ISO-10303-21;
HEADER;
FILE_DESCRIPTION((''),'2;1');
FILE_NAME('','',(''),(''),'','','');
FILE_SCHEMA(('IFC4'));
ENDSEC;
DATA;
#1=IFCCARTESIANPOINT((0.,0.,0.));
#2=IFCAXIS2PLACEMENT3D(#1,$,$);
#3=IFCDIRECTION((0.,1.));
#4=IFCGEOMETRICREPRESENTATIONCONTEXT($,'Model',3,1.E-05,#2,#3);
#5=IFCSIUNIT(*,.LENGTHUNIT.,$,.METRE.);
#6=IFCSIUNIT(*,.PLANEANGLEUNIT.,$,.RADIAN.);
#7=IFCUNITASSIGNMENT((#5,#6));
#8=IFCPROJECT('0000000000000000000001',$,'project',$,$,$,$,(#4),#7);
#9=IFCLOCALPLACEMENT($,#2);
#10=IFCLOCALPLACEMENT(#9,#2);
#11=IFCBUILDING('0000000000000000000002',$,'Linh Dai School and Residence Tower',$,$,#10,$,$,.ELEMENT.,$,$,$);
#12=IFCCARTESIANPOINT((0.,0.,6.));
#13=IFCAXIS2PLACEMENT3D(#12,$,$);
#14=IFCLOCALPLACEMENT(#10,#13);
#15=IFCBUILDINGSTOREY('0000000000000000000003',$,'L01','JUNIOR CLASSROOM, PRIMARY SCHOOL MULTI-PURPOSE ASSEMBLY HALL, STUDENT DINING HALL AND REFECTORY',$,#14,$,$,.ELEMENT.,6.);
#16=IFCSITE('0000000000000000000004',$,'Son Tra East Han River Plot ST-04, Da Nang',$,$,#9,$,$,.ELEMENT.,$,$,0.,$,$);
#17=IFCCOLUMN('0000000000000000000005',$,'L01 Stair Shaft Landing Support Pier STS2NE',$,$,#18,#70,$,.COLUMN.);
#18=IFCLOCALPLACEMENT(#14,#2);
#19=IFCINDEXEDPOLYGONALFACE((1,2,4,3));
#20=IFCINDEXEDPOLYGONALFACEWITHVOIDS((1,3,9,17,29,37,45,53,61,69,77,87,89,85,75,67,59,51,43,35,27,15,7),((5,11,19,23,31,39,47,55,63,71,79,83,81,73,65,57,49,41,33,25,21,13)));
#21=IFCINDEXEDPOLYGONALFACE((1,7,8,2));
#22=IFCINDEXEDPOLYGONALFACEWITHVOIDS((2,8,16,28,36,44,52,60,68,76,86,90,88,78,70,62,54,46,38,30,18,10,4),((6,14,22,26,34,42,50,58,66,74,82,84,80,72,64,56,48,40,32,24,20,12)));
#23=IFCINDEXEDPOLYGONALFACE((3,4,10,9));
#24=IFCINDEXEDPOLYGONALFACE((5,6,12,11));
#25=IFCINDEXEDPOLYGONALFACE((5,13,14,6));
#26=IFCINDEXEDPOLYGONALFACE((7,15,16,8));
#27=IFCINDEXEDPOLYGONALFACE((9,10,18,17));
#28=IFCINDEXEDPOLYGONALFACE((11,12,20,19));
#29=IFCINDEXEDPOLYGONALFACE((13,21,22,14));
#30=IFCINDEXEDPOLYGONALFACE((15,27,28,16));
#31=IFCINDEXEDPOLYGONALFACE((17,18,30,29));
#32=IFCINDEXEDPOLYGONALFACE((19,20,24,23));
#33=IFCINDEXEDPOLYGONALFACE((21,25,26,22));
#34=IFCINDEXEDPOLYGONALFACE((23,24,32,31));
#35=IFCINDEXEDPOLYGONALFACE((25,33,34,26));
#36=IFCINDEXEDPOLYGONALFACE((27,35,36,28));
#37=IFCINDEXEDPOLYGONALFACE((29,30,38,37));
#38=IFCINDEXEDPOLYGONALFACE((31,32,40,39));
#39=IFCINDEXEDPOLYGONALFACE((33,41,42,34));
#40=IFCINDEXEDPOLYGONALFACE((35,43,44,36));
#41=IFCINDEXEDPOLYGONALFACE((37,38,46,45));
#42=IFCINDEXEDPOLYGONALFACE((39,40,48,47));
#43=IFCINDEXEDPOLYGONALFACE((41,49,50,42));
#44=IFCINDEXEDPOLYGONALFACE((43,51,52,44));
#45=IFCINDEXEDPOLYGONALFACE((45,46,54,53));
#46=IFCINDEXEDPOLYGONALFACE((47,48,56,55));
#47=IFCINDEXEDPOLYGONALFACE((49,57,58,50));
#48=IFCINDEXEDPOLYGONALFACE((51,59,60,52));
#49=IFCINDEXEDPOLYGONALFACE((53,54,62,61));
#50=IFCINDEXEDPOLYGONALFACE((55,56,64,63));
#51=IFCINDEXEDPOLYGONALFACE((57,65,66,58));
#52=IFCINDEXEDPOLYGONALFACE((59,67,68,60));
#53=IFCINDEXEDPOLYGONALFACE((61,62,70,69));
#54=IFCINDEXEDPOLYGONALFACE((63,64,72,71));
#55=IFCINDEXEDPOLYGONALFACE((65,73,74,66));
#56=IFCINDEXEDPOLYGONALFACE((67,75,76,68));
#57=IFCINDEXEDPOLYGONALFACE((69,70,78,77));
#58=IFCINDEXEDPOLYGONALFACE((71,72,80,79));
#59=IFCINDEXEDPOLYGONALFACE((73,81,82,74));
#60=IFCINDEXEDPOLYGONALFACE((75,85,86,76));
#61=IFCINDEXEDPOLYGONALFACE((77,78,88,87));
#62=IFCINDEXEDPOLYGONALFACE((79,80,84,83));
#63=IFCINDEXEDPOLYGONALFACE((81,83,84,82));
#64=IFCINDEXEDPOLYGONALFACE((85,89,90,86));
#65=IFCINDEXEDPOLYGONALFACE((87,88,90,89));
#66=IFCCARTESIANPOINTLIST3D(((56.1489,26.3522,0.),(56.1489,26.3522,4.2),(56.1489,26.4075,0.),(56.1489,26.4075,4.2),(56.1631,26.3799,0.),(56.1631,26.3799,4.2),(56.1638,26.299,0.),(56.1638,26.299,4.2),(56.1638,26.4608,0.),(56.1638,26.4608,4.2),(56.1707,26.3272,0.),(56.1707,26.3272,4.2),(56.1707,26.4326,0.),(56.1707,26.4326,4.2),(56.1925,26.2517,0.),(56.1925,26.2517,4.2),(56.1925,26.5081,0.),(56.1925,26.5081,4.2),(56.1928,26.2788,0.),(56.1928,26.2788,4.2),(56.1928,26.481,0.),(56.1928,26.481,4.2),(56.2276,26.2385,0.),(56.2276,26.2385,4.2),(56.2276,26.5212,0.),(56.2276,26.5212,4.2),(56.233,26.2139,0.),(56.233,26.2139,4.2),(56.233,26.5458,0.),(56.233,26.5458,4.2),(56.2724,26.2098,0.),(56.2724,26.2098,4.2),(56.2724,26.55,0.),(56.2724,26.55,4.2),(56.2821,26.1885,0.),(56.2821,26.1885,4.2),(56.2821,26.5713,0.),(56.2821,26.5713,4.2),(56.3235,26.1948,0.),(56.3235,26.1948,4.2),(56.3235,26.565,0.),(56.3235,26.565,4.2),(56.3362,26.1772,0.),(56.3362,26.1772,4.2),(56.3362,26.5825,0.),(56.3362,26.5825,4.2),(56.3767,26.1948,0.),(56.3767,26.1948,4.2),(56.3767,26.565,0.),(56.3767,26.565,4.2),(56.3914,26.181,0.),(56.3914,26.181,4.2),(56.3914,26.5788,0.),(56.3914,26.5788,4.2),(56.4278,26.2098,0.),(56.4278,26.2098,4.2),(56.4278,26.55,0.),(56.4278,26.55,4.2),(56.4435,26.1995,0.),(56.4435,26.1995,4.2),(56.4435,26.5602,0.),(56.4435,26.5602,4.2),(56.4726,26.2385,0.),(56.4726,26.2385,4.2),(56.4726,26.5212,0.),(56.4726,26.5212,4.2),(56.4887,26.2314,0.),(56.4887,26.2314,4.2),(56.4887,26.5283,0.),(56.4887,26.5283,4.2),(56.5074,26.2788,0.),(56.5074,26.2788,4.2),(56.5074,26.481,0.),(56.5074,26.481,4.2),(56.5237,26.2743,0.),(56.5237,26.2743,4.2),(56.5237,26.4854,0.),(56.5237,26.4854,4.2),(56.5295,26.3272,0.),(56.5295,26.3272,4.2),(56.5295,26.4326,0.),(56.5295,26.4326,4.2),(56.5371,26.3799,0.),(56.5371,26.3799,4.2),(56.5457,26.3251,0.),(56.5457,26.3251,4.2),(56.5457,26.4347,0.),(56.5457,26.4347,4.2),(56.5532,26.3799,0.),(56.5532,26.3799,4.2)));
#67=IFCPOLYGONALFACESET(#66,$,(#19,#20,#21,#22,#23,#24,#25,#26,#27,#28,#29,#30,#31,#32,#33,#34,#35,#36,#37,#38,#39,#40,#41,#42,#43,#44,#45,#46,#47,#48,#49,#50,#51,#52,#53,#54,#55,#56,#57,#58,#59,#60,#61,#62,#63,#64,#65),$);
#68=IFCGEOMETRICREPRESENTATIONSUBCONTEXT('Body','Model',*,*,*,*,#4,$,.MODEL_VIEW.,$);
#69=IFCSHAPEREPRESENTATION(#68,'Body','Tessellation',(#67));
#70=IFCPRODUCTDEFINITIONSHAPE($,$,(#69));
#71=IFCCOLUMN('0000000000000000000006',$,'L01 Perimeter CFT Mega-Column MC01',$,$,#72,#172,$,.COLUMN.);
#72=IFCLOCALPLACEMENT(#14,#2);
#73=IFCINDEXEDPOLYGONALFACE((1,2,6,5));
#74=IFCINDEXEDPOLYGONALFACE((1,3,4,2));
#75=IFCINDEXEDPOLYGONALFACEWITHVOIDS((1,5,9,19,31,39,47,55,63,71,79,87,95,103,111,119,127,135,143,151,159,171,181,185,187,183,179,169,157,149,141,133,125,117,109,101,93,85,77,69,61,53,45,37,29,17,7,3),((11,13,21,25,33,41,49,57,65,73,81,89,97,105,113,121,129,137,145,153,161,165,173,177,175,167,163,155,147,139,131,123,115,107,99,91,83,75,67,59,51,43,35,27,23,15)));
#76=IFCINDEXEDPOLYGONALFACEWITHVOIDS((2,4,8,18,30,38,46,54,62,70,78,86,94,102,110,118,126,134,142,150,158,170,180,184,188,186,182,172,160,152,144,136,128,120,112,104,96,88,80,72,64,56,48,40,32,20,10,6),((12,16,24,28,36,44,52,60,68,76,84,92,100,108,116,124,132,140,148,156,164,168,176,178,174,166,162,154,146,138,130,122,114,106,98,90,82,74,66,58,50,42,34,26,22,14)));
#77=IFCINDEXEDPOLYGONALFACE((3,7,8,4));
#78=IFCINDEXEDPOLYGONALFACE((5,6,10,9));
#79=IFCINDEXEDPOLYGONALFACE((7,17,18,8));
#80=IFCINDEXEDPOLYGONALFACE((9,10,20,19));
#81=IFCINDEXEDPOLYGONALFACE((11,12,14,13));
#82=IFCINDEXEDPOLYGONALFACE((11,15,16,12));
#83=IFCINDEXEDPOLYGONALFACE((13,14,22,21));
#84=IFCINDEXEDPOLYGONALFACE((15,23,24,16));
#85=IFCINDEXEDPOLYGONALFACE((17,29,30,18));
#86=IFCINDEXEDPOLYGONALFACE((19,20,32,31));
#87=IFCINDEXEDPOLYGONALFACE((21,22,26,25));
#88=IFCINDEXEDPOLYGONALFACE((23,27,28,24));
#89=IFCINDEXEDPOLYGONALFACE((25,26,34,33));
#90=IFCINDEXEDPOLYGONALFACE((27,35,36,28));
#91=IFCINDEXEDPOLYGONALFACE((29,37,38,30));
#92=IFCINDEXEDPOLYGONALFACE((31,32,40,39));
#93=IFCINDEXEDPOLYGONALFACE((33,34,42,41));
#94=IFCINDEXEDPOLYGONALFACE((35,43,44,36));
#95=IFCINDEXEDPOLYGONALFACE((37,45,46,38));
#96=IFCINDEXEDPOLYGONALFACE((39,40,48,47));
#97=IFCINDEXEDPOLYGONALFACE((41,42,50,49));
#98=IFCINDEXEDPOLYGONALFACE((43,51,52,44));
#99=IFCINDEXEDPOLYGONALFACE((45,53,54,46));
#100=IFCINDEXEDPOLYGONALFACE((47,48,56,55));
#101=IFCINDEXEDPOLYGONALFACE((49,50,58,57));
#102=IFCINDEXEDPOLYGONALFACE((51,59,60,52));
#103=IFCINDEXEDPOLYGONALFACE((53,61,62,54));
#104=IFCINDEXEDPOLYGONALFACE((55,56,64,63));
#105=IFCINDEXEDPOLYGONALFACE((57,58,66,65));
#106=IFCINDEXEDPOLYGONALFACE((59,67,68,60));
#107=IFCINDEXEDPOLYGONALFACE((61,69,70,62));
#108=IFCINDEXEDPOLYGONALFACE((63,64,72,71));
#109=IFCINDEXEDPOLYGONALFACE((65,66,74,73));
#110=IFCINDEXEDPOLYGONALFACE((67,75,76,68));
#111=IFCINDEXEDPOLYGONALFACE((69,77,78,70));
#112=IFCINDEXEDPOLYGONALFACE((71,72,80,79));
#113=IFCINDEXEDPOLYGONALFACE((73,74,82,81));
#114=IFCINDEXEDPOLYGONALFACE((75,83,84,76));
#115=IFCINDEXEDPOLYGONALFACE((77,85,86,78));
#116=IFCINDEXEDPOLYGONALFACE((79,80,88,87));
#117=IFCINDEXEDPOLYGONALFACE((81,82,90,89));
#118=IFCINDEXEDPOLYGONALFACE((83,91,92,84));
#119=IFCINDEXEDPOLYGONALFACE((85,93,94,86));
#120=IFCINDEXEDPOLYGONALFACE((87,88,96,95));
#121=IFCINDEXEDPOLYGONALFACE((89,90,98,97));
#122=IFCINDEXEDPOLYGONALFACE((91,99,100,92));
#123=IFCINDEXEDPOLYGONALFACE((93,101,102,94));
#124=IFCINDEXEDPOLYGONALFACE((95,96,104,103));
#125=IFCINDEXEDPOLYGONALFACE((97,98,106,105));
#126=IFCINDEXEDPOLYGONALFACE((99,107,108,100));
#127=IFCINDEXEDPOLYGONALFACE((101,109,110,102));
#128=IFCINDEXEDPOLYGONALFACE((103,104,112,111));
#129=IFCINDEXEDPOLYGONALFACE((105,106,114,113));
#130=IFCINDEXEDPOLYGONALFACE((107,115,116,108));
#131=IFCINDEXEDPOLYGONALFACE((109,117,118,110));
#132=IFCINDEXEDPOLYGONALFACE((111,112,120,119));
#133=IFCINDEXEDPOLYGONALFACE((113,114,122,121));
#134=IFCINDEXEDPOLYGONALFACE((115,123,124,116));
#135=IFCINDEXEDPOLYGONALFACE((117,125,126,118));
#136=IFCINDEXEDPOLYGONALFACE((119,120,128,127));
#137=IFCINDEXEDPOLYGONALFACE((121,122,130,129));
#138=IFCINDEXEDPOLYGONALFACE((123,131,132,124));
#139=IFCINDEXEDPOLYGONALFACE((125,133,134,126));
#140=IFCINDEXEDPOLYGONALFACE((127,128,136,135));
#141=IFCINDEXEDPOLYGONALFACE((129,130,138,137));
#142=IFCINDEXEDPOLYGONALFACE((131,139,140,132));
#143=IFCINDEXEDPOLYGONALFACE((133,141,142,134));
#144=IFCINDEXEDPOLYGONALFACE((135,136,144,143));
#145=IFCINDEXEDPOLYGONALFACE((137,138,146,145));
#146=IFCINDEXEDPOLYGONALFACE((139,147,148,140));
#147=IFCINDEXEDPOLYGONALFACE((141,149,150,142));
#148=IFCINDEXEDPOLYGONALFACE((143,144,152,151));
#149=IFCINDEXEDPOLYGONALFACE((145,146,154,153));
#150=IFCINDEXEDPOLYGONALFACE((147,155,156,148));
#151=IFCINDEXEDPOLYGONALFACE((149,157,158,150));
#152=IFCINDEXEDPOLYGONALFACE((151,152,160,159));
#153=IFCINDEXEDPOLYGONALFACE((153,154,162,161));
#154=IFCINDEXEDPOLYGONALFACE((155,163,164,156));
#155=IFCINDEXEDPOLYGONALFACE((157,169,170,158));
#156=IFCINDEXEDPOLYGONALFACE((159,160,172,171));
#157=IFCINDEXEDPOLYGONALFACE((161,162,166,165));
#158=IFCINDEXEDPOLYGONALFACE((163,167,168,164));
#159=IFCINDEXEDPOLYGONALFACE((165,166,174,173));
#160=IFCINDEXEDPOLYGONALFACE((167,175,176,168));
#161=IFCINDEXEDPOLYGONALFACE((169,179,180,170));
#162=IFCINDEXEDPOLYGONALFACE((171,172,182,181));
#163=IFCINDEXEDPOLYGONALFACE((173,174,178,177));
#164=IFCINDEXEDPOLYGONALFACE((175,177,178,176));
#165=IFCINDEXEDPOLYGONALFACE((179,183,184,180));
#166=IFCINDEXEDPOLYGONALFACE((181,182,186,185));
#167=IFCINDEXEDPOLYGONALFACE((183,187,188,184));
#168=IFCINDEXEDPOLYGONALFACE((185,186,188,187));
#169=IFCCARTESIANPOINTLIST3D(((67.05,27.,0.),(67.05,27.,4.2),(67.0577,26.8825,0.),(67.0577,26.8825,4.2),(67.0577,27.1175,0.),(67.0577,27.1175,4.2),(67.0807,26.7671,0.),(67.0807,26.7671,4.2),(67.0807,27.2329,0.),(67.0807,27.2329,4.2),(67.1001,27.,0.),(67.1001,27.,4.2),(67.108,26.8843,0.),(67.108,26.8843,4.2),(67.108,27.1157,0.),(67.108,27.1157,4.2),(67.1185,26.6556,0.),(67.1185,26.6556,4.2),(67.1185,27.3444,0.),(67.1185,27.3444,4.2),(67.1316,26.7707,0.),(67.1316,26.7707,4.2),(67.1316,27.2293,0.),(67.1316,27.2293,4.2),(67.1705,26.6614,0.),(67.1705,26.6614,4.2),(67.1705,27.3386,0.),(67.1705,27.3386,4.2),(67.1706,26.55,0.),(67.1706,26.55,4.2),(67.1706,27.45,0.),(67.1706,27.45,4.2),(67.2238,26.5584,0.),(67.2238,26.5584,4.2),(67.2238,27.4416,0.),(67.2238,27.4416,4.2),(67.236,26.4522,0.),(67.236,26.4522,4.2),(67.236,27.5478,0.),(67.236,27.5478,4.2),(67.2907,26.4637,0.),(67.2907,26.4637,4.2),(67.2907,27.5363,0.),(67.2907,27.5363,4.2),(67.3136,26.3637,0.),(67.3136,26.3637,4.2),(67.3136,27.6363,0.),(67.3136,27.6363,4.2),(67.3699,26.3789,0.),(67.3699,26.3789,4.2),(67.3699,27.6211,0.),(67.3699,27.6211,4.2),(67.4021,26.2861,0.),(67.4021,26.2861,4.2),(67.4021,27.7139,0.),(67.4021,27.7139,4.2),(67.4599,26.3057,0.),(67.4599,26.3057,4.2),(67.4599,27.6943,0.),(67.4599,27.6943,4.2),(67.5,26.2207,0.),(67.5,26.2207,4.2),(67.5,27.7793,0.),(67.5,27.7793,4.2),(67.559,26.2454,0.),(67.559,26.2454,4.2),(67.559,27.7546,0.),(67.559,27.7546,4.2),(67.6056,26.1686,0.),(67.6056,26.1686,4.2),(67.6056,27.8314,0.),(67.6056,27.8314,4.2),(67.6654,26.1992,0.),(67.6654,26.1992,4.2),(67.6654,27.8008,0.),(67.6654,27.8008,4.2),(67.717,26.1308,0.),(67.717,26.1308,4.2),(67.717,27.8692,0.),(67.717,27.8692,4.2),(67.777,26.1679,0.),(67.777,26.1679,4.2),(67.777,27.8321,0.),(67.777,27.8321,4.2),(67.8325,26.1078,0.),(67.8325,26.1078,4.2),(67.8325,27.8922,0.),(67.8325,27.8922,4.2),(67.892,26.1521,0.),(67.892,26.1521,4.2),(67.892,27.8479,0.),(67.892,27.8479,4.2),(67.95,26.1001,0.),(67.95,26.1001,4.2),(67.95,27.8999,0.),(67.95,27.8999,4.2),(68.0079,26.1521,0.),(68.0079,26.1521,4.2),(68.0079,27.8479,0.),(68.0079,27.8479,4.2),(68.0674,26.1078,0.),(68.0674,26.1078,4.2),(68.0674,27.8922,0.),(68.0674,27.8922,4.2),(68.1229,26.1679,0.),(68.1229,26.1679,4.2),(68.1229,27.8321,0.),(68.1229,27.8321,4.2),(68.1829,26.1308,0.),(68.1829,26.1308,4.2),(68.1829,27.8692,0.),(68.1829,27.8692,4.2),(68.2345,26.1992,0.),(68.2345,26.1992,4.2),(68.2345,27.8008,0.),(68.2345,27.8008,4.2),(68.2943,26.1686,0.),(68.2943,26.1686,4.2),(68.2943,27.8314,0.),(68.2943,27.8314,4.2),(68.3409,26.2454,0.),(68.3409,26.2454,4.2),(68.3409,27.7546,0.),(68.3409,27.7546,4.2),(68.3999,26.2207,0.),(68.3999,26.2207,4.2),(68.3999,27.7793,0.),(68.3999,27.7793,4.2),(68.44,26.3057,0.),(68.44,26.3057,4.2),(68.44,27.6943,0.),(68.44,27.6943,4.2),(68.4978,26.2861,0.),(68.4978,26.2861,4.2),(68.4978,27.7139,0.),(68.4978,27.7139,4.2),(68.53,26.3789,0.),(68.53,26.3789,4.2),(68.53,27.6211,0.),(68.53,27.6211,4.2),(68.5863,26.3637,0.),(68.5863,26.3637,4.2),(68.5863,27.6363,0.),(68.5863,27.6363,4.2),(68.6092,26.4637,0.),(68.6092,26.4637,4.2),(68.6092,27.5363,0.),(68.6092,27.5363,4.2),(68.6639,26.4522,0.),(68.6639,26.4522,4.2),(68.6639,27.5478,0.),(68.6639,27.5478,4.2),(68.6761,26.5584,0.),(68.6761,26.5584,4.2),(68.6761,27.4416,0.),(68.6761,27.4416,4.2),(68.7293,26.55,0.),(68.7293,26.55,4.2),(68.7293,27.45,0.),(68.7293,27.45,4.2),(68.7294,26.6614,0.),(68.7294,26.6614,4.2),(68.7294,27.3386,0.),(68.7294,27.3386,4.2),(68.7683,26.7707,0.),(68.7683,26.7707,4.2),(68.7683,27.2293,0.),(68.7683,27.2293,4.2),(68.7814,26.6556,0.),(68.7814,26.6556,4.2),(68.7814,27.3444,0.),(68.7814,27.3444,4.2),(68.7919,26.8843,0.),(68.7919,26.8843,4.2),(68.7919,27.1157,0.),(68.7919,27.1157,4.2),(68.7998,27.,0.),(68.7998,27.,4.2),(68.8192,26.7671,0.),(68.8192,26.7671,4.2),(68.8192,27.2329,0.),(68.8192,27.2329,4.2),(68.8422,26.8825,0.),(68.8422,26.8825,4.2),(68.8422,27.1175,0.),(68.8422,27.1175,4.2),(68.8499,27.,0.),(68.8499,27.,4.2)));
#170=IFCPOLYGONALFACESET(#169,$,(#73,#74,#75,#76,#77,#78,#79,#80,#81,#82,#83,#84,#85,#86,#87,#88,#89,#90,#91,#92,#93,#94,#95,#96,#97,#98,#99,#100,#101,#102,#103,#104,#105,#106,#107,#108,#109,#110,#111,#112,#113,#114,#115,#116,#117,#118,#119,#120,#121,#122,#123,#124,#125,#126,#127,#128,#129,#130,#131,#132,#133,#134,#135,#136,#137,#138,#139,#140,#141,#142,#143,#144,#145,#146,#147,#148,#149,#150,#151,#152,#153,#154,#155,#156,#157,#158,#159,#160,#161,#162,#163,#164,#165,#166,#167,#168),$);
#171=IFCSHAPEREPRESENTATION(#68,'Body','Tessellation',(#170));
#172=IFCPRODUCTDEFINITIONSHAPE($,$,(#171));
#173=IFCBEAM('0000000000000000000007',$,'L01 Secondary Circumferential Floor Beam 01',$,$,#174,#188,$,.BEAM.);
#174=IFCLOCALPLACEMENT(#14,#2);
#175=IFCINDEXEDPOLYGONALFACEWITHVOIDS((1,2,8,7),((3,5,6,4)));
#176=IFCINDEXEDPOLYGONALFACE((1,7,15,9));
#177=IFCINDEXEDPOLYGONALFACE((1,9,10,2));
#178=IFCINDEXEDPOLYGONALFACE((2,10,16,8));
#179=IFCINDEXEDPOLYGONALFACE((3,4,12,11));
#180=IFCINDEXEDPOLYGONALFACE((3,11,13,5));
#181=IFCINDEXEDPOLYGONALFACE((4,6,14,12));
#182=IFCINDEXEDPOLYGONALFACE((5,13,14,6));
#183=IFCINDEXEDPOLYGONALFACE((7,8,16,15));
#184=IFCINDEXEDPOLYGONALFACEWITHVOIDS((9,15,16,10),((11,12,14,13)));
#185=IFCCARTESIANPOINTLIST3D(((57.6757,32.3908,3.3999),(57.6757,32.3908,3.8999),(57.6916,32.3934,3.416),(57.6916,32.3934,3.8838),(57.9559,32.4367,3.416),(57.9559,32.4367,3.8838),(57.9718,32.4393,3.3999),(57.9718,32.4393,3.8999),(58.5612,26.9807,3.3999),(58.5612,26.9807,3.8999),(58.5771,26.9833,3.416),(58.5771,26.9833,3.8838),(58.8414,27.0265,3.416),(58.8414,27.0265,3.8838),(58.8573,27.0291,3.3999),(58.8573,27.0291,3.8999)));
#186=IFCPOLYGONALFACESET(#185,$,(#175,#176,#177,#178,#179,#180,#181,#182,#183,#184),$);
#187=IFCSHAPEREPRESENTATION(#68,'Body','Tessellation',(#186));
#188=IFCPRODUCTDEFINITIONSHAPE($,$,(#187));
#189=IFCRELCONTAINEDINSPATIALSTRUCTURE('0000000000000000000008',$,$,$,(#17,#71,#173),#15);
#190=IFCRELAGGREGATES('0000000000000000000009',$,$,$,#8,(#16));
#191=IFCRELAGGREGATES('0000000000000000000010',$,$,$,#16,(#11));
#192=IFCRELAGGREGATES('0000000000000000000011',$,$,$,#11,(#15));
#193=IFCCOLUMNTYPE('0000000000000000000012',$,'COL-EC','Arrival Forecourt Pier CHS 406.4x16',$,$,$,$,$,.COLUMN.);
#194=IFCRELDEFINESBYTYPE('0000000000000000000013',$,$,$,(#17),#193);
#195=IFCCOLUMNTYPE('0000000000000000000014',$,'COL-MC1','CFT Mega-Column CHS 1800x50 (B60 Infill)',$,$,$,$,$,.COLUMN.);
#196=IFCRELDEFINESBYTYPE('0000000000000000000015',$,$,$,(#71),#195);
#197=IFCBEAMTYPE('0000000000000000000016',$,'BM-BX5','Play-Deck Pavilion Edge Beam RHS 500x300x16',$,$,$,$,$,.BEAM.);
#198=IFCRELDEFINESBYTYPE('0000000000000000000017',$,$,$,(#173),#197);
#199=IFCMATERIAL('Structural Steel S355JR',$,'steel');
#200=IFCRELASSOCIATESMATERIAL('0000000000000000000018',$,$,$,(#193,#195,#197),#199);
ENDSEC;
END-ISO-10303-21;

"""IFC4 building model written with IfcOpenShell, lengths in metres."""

from ifc_helpers import new_model, si_unit, direction, frame, origin, origin_2d, place, context, subcontext, project, spatial, hollow_rectangle, hollow_circle, extrude, material, material_profile, profile_set, type_object, element, save


model = new_model("IFC4")

# Units and contexts
model_context = context("Model", 3, precision=1e-05, world=origin(), true_north=direction((0.0, 1.0)))
body_context = subcontext(model_context, "Body", "Model", "MODEL_VIEW")
ifc_project = project(units=[si_unit("LENGTHUNIT", "METRE"), si_unit("PLANEANGLEUNIT", "RADIAN")], contexts=[model_context])

# Site, building, storey
site_placement = place(None, origin())
site = spatial("IfcSite", under=ifc_project, at=site_placement, Name="Son Tra East Han River Plot ST-04, Da Nang", CompositionType="ELEMENT", RefElevation=0.0)
building_placement = place(site_placement, origin())
building = spatial("IfcBuilding", under=site, at=building_placement, Name="Linh Dai School and Residence Tower", CompositionType="ELEMENT")
storey_placement = place(building_placement, frame((0.0, 0.0, 6.0)))
storey = spatial("IfcBuildingStorey", under=building, at=storey_placement, Name="L01", Description="JUNIOR CLASSROOM, PRIMARY SCHOOL MULTI-PURPOSE ASSEMBLY HALL, STUDENT DINING HALL AND REFECTORY", CompositionType="ELEMENT", Elevation=6.0)

# Columns
ifc_material_1 = material(Name="Structural Steel S355JR", Category="steel")
ifc_material_profile_1 = material_profile(ifc_material_1, hollow_circle(Radius=0.2031, WallThickness=0.0161, at=origin_2d()), Name="CHS 406.4x16")
ifc_profile_set_1 = profile_set([ifc_material_profile_1], Name="Structural Steel S355JR")
column_type_1 = type_object("IfcColumnType", Name="COL-EC", Description="Arrival Forecourt Pier CHS 406.4x16", PredefinedType="COLUMN", material=ifc_profile_set_1)
column_1_placement = place(storey_placement, frame((56.3501, 26.3799, 0.0), z_axis=(0.0, 0.0, 1.0), x_axis=(1.0, 0.0, 0.0)))
element("IfcColumn", 1, at=column_1_placement, inside=storey, type_object=column_type_1, Name="L01 Stair Shaft Landing Support Pier STS2NE", PredefinedType="COLUMN", context=body_context, shape_type="SweptSolid", body=[
    extrude(hollow_circle(Radius=0.2031, WallThickness=0.0161, at=origin_2d()), origin(), (0.0, 0.0, 1.0), 4.2),
])
ifc_material_profile_2 = material_profile(ifc_material_1, hollow_circle(Radius=0.8999, WallThickness=0.05, at=origin_2d()), Name="CHS 1800x50")
ifc_profile_set_2 = profile_set([ifc_material_profile_2], Name="Structural Steel S355JR")
column_type_2 = type_object("IfcColumnType", Name="COL-MC1", Description="CFT Mega-Column CHS 1800x50 (B60 Infill)", PredefinedType="COLUMN", material=ifc_profile_set_2)
column_2_placement = place(storey_placement, frame((67.95, 27.0, 0.0), z_axis=(0.0, 0.0, 1.0), x_axis=(1.0, 0.0, 0.0)))
element("IfcColumn", 2, at=column_2_placement, inside=storey, type_object=column_type_2, Name="L01 Perimeter CFT Mega-Column MC01", PredefinedType="COLUMN", context=body_context, shape_type="SweptSolid", body=[
    extrude(hollow_circle(Radius=0.8999, WallThickness=0.05, at=origin_2d()), origin(), (0.0, 0.0, 1.0), 4.2),
])

# Beam
ifc_material_profile_3 = material_profile(ifc_material_1, hollow_rectangle(XDim=0.3, YDim=0.5, WallThickness=0.0161, at=origin_2d()), Name="RHS 500x300x16")
ifc_profile_set_3 = profile_set([ifc_material_profile_3], Name="Structural Steel S355JR")
beam_type_1 = type_object("IfcBeamType", Name="BM-BX5", Description="Play-Deck Pavilion Edge Beam RHS 500x300x16", PredefinedType="BEAM", material=ifc_profile_set_3)
beam_1_placement = place(storey_placement, frame((58.7092, 27.0049, 3.6499), z_axis=(-0.161524, 0.986869, 0.0), x_axis=(-0.986869, -0.161524, 0.0)))
element("IfcBeam", 3, at=beam_1_placement, inside=storey, type_object=beam_type_1, Name="L01 Secondary Circumferential Floor Beam 01", PredefinedType="BEAM", context=body_context, shape_type="SweptSolid", body=[
    extrude(hollow_rectangle(XDim=0.3, YDim=0.5, WallThickness=0.0161, at=origin_2d()), origin(), (0.0, 0.0, 1.0), 5.4822),
])

save(model, "model.ifc")
